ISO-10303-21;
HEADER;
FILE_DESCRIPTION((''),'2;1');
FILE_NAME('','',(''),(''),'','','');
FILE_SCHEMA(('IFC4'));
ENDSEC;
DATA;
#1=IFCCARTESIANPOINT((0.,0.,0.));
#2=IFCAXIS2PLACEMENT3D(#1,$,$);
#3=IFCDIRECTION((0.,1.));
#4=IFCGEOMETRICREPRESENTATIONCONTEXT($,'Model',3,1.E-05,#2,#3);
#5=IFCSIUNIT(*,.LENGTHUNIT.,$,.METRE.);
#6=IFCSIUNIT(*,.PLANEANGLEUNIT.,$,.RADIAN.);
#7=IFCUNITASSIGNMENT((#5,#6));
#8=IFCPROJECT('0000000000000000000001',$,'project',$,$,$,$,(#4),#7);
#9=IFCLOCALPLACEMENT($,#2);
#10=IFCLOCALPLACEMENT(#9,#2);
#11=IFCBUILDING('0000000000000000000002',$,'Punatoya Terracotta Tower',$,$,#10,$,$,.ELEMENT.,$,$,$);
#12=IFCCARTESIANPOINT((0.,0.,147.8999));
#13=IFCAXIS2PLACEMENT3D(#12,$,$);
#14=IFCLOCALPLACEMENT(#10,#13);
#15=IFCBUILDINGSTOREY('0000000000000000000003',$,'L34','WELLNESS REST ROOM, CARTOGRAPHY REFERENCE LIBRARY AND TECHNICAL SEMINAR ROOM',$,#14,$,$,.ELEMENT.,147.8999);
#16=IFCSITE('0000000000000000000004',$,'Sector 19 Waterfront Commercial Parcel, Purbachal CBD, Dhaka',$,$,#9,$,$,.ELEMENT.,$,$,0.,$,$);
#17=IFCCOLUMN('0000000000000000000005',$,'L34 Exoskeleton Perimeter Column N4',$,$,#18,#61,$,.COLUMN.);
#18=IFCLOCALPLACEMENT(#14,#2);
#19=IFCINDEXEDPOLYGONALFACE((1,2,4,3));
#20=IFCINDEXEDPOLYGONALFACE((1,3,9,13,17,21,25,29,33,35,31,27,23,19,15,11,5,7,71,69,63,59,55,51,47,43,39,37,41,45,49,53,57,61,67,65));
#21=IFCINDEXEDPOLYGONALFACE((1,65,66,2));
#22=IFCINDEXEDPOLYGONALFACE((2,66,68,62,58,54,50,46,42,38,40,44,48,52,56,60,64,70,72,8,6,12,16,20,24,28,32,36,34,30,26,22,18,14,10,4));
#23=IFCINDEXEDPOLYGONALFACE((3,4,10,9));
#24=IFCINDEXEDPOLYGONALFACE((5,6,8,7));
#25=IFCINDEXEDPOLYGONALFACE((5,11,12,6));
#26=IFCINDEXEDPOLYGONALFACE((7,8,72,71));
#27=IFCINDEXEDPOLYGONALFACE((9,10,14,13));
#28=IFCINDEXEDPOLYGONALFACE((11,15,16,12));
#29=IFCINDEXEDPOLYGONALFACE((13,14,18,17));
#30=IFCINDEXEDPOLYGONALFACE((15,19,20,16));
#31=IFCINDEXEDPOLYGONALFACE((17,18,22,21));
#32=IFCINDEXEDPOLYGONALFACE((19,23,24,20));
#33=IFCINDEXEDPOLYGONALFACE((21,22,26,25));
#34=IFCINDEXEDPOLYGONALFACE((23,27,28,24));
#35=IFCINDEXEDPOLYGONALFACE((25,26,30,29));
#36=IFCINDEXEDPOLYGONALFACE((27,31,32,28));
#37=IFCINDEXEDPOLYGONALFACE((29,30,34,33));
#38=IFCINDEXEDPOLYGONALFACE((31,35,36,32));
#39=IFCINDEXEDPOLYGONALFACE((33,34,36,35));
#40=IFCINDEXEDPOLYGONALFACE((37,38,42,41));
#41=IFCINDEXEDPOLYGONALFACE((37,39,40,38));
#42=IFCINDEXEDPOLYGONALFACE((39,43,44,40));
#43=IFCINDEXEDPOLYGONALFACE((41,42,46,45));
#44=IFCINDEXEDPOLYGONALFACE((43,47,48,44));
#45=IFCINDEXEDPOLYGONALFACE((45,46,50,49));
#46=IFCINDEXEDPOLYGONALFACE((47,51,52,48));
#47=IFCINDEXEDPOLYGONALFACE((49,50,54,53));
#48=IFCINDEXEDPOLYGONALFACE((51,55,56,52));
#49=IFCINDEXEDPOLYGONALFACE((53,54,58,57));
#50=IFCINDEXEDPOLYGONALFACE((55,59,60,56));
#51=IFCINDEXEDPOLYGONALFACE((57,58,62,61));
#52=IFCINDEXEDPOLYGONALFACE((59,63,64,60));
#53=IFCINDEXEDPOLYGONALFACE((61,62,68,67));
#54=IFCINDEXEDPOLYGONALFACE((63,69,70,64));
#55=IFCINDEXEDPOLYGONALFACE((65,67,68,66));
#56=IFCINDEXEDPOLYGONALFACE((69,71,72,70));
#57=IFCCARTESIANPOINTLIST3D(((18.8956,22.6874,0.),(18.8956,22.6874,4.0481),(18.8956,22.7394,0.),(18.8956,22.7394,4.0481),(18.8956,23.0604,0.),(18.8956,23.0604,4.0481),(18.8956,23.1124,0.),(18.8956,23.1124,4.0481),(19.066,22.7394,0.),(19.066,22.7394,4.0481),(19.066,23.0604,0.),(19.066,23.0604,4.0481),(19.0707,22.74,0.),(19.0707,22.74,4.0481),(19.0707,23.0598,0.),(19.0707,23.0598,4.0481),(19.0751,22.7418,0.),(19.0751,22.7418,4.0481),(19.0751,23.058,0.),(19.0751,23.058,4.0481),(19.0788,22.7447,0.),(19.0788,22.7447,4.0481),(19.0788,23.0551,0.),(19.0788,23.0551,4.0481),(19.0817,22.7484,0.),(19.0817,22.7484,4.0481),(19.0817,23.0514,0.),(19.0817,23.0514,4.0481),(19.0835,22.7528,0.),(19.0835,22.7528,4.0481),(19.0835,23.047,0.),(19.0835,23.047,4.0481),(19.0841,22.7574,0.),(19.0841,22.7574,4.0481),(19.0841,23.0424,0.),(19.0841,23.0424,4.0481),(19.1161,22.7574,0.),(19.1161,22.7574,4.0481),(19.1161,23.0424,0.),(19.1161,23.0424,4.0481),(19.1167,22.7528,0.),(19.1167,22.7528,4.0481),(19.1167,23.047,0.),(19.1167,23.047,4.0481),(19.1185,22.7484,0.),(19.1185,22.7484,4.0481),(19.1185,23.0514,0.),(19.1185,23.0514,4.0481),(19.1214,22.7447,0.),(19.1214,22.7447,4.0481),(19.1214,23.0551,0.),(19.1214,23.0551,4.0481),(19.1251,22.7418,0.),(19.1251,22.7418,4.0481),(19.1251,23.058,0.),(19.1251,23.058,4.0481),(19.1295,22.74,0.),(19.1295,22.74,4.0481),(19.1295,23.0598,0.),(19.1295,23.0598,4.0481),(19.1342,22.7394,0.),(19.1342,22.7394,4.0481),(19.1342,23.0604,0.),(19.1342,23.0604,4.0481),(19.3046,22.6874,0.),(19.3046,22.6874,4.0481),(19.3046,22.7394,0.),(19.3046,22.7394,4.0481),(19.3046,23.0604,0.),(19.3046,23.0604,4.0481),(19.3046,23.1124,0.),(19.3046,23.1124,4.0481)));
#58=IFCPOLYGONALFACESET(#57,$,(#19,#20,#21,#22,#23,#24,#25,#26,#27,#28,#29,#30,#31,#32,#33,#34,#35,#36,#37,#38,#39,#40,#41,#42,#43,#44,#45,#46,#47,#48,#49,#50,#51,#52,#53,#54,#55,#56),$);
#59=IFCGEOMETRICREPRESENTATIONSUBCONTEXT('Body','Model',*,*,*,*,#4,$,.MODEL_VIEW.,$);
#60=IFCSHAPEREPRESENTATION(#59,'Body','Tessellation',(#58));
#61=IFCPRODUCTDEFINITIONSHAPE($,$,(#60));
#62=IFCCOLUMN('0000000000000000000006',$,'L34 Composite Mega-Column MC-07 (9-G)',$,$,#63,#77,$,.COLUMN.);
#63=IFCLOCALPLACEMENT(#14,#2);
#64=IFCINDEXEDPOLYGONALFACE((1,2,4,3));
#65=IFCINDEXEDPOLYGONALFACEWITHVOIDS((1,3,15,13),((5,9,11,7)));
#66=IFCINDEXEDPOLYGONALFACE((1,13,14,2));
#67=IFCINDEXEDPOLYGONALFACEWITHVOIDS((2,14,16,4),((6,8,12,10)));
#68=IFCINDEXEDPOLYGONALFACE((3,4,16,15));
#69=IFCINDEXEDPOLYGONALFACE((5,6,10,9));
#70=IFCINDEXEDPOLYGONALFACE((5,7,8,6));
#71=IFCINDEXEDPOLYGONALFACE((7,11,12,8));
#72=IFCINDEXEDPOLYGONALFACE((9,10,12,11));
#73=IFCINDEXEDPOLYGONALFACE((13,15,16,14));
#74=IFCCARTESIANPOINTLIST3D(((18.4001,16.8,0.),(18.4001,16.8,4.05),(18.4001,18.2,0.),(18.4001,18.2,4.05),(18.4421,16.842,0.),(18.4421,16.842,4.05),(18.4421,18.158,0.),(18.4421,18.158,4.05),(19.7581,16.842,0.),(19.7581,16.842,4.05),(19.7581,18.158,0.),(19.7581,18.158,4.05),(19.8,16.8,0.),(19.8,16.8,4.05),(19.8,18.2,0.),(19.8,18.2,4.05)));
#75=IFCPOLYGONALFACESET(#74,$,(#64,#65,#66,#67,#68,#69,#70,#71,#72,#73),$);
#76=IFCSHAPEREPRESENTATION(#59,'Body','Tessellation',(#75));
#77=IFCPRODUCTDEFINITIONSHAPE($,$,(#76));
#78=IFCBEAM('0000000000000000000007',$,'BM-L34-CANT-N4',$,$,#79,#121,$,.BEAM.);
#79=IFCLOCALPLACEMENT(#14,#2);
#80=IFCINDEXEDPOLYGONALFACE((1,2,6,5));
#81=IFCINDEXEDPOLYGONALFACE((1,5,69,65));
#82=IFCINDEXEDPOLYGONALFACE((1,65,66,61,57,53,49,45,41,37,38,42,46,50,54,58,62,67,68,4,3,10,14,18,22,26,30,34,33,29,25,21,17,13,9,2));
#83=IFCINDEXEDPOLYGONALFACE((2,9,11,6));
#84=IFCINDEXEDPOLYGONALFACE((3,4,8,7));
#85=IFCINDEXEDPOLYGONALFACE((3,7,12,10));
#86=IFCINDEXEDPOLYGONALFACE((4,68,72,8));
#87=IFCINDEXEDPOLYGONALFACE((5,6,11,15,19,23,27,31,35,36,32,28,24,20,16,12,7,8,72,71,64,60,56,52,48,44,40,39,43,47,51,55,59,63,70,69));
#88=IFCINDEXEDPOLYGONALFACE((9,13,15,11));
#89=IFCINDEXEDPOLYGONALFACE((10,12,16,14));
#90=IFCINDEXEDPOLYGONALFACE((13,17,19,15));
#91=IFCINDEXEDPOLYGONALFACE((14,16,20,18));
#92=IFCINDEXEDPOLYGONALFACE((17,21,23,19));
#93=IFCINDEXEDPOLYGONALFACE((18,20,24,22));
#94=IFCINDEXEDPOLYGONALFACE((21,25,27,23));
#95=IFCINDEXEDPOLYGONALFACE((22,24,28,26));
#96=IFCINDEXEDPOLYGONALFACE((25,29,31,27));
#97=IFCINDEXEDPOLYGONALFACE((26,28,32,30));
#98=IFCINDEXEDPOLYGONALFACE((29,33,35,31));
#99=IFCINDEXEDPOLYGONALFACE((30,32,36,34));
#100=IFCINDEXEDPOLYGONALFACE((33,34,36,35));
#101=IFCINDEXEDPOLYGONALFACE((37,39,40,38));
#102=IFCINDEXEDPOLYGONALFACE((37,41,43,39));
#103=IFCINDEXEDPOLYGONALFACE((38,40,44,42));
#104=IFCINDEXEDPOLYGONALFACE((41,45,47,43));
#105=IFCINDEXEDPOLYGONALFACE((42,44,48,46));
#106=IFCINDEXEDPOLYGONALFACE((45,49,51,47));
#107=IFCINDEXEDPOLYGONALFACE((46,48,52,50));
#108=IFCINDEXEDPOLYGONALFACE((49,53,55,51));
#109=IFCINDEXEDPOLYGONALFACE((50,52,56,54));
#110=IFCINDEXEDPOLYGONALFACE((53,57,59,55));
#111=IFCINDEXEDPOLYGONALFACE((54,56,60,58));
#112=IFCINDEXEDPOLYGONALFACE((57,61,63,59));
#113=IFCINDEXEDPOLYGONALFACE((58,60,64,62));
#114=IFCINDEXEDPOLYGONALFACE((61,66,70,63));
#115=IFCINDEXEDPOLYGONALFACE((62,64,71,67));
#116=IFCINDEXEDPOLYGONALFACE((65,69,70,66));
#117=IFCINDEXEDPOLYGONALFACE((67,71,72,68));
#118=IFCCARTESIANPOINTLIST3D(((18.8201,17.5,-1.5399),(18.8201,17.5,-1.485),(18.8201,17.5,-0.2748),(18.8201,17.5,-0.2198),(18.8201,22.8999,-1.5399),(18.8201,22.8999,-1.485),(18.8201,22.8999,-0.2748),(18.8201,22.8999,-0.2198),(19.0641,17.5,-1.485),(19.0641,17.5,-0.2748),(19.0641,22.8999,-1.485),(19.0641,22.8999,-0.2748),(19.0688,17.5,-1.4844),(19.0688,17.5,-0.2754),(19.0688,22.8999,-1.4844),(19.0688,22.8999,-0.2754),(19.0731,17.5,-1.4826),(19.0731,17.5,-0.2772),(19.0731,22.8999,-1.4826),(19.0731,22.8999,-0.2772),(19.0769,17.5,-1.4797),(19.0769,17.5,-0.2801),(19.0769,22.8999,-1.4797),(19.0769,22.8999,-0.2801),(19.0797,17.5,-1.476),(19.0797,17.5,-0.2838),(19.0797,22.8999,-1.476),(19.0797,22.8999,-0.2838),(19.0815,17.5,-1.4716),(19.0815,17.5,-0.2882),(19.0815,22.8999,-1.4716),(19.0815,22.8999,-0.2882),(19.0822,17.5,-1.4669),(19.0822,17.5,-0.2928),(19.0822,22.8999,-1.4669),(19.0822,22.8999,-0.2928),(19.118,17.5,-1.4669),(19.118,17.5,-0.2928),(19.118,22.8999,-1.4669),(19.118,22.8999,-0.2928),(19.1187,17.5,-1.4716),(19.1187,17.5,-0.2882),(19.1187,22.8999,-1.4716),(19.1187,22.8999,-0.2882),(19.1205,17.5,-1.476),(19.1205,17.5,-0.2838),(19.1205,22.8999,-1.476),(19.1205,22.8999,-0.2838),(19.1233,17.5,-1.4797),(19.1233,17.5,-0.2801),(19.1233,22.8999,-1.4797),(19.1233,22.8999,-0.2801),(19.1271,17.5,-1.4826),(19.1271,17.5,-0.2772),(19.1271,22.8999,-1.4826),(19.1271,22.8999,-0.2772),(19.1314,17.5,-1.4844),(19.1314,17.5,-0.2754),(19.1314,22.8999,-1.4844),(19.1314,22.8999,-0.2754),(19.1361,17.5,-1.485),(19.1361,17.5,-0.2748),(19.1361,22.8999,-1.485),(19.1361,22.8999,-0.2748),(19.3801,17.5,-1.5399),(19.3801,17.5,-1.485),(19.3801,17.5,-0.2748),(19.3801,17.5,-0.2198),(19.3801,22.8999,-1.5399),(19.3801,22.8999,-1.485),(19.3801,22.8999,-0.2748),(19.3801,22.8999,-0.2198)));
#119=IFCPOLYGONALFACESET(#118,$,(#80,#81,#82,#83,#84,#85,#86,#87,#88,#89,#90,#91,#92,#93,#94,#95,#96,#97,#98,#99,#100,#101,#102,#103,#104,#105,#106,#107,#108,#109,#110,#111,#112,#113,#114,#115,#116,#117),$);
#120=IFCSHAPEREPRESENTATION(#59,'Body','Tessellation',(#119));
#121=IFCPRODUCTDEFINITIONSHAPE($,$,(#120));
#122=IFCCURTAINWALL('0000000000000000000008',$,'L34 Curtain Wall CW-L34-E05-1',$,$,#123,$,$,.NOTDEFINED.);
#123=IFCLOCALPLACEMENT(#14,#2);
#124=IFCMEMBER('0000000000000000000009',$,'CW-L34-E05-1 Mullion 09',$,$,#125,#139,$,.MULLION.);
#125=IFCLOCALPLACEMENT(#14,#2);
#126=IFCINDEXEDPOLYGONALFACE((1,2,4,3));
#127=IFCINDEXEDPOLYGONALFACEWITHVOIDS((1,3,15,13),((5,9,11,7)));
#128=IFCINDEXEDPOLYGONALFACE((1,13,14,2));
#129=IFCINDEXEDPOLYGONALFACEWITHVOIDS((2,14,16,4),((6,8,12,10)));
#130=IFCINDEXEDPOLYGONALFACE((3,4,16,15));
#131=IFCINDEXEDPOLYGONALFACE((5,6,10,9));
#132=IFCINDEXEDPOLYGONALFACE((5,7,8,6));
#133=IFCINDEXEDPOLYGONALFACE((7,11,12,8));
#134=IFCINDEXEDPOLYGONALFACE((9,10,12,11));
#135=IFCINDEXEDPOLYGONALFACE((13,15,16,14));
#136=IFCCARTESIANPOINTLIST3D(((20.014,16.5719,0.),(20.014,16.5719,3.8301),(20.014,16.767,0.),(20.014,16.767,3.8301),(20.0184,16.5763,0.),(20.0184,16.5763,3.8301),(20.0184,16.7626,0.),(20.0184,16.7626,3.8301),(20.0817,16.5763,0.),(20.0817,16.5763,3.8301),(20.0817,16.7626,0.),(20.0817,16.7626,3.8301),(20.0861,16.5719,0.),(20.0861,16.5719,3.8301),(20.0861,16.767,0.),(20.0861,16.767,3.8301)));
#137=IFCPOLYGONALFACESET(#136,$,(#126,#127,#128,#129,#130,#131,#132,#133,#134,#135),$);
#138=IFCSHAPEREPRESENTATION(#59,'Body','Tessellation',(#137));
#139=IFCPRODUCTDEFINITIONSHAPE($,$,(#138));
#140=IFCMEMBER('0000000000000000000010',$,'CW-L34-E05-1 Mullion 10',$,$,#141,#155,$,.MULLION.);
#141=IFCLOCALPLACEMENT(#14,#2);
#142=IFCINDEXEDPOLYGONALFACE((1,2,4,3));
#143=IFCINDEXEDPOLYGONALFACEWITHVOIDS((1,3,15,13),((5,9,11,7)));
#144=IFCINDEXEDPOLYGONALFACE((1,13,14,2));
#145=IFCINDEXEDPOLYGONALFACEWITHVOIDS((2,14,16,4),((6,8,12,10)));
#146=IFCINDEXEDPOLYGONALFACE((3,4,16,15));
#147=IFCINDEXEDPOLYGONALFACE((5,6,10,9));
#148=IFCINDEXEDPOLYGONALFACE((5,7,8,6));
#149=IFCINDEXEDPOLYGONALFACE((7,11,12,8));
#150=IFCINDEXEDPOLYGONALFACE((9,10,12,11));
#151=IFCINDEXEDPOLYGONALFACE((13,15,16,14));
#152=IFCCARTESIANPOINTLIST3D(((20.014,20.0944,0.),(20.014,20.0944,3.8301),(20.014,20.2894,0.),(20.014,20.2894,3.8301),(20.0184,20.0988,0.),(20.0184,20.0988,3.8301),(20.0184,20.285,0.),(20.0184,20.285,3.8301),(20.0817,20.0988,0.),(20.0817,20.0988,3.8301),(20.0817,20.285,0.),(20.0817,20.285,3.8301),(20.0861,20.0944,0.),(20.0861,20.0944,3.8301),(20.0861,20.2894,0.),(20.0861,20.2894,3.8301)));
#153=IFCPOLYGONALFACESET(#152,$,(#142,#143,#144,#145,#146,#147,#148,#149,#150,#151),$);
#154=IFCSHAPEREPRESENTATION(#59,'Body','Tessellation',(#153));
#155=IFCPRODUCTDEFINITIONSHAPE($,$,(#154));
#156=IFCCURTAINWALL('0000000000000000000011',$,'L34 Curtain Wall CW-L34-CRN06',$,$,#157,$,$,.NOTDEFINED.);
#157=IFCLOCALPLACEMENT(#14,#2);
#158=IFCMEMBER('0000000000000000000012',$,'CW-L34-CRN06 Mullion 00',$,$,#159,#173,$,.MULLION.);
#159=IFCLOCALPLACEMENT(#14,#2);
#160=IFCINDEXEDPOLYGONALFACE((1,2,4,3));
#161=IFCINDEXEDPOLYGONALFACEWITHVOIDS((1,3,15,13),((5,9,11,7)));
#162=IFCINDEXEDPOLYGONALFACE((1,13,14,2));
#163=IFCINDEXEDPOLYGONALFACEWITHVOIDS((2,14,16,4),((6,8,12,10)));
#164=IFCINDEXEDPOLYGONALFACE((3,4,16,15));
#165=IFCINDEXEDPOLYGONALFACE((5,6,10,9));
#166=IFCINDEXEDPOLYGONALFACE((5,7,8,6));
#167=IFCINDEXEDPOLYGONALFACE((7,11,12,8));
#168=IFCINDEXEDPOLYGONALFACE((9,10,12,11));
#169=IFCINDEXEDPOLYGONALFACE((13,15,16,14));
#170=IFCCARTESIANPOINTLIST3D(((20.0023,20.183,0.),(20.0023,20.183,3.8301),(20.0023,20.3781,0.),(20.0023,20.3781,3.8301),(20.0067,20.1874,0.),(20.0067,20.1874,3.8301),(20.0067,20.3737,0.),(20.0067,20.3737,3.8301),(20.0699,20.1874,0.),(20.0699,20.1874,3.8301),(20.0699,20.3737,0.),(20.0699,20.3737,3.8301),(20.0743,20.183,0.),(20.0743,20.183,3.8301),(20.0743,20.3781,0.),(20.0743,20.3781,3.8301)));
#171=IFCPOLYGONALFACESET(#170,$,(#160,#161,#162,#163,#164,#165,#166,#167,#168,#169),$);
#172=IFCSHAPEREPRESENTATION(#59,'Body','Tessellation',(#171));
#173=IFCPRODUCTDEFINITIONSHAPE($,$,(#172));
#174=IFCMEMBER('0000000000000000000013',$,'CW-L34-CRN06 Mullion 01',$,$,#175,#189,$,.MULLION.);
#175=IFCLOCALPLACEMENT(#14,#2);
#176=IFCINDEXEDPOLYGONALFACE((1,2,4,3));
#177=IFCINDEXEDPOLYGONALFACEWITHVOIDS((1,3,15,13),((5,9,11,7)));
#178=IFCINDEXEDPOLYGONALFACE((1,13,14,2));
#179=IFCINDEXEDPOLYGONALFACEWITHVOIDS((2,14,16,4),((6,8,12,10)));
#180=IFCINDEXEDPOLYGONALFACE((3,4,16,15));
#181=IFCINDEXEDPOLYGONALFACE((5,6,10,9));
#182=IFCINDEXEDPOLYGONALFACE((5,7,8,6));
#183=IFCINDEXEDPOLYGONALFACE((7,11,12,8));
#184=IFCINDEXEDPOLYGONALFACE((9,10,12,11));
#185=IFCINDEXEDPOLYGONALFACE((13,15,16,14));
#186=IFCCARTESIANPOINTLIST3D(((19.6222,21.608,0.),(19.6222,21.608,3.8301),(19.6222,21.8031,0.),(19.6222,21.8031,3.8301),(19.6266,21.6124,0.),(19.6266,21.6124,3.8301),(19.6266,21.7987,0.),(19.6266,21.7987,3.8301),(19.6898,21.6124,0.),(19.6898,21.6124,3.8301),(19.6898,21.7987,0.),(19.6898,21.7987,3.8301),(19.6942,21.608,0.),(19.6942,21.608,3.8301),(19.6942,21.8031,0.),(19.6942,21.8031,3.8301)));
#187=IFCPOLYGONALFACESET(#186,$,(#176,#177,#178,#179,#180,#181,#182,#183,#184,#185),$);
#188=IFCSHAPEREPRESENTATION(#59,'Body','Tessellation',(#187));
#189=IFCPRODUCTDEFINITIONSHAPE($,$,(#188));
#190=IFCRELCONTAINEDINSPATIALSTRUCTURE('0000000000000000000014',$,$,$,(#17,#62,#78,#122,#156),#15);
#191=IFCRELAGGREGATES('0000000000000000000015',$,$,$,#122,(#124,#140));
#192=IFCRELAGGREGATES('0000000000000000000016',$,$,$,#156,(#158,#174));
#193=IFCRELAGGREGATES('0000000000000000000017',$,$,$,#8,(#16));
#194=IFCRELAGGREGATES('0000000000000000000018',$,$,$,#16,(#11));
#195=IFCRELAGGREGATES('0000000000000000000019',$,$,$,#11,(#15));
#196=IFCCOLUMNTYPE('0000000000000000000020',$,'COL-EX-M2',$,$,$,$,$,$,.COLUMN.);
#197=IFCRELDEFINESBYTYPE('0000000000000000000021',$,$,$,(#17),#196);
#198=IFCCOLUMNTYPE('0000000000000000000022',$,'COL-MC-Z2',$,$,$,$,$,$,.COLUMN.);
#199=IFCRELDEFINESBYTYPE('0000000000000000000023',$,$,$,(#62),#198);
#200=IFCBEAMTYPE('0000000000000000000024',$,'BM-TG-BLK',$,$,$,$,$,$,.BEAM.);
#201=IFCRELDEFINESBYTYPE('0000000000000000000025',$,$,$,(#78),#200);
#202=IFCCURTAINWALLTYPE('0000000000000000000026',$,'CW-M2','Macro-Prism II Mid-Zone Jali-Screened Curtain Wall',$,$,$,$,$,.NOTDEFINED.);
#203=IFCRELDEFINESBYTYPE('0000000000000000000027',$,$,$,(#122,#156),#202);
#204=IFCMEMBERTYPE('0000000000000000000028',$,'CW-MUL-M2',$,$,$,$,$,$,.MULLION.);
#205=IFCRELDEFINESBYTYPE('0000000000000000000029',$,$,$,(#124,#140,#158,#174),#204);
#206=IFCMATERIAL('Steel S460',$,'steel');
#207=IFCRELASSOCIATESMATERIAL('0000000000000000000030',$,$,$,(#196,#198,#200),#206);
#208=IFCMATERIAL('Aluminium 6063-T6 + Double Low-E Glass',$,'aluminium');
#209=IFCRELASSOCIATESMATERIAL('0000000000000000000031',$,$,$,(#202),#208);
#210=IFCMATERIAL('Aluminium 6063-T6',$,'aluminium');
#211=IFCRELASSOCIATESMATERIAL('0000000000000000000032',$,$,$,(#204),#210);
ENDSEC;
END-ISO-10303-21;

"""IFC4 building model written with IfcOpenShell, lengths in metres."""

from ifc_helpers import new_model, si_unit, direction, frame, origin, origin_2d, place, context, subcontext, project, spatial, hollow_rectangle, i_section, extrude, material, material_profile, profile_set, type_object, element, aggregate, save


model = new_model("IFC4")

# Units and contexts
model_context = context("Model", 3, precision=1e-05, world=origin(), true_north=direction((0.0, 1.0)))
body_context = subcontext(model_context, "Body", "Model", "MODEL_VIEW")
ifc_project = project(units=[si_unit("LENGTHUNIT", "METRE"), si_unit("PLANEANGLEUNIT", "RADIAN")], contexts=[model_context])

# Site, building, storey
site_placement = place(None, origin())
site = spatial("IfcSite", under=ifc_project, at=site_placement, Name="Sector 19 Waterfront Commercial Parcel, Purbachal CBD, Dhaka", CompositionType="ELEMENT", RefElevation=0.0)
building_placement = place(site_placement, origin())
building = spatial("IfcBuilding", under=site, at=building_placement, Name="Punatoya Terracotta Tower", CompositionType="ELEMENT")
storey_placement = place(building_placement, frame((0.0, 0.0, 147.8999)))
storey = spatial("IfcBuildingStorey", under=building, at=storey_placement, Name="L34", Description="WELLNESS REST ROOM, CARTOGRAPHY REFERENCE LIBRARY AND TECHNICAL SEMINAR ROOM", CompositionType="ELEMENT", Elevation=147.8999)

# Columns
ifc_material_1 = material(Name="Steel S460", Category="steel")
ifc_material_profile_1 = material_profile(ifc_material_1, i_section(OverallWidth=0.4089, OverallDepth=0.425, WebThickness=0.032, FlangeThickness=0.052, FilletRadius=0.0181, at=origin_2d()))
ifc_profile_set_1 = profile_set([ifc_material_profile_1], Name="Steel S460")
column_type_1 = type_object("IfcColumnType", Name="COL-EX-M2", PredefinedType="COLUMN", material=ifc_profile_set_1)
column_1_placement = place(storey_placement, frame((19.1001, 22.8999, 0.0), z_axis=(0.0, 0.0, 1.0), x_axis=(1.0, 0.0, 0.0)))
element("IfcColumn", 1, at=column_1_placement, inside=storey, type_object=column_type_1, Name="L34 Exoskeleton Perimeter Column N4", PredefinedType="COLUMN", context=body_context, shape_type="SweptSolid", body=[
    extrude(i_section(OverallWidth=0.4089, OverallDepth=0.425, WebThickness=0.032, FlangeThickness=0.052, FilletRadius=0.0181, at=origin_2d()), origin(), (0.0, 0.0, 1.0), 4.0481),
])
ifc_material_profile_2 = material_profile(ifc_material_1, hollow_rectangle(XDim=1.3999, YDim=1.3999, WallThickness=0.042, at=origin_2d()))
ifc_profile_set_2 = profile_set([ifc_material_profile_2], Name="Steel S460")
column_type_2 = type_object("IfcColumnType", Name="COL-MC-Z2", PredefinedType="COLUMN", material=ifc_profile_set_2)
column_2_placement = place(storey_placement, frame((19.1001, 17.5, 0.0), z_axis=(0.0, 0.0, 1.0), x_axis=(1.0, 0.0, 0.0)))
element("IfcColumn", 2, at=column_2_placement, inside=storey, type_object=column_type_2, Name="L34 Composite Mega-Column MC-07 (9-G)", PredefinedType="COLUMN", context=body_context, shape_type="SweptSolid", body=[
    extrude(hollow_rectangle(XDim=1.3999, YDim=1.3999, WallThickness=0.042, at=origin_2d()), origin(), (0.0, 0.0, 1.0), 4.05),
])

# Beam
ifc_material_profile_3 = material_profile(ifc_material_1, i_section(OverallWidth=0.5601, OverallDepth=1.3201, WebThickness=0.0359, FlangeThickness=0.0549, FilletRadius=0.0181, at=origin_2d()))
ifc_profile_set_3 = profile_set([ifc_material_profile_3], Name="Steel S460")
beam_type = type_object("IfcBeamType", Name="BM-TG-BLK", PredefinedType="BEAM", material=ifc_profile_set_3)
beam_placement = place(storey_placement, frame((19.1001, 17.5, -0.8799), z_axis=(0.0, 1.0, 0.0), x_axis=(-1.0, 0.0, 0.0)))
element("IfcBeam", 3, at=beam_placement, inside=storey, type_object=beam_type, Name="BM-L34-CANT-N4", PredefinedType="BEAM", context=body_context, shape_type="SweptSolid", body=[
    extrude(i_section(OverallWidth=0.5601, OverallDepth=1.3201, WebThickness=0.0359, FlangeThickness=0.0549, FilletRadius=0.0181, at=origin_2d()), origin(), (0.0, 0.0, 1.0), 5.3999),
])

# Curtain walls, members
ifc_material_2 = material(Name="Aluminium 6063-T6 + Double Low-E Glass", Category="aluminium")
curtain_wall_type = type_object("IfcCurtainWallType", Name="CW-M2", Description="Macro-Prism II Mid-Zone Jali-Screened Curtain Wall", PredefinedType="NOTDEFINED", material=ifc_material_2)
curtain_wall_1_placement = place(storey_placement, origin())
curtain_wall_1 = element("IfcCurtainWall", 4, at=curtain_wall_1_placement, inside=storey, type_object=curtain_wall_type, Name="L34 Curtain Wall CW-L34-E05-1", PredefinedType="NOTDEFINED")
ifc_material_3 = material(Name="Aluminium 6063-T6", Category="aluminium")
ifc_material_profile_4 = material_profile(ifc_material_3, hollow_rectangle(XDim=0.072, YDim=0.1951, WallThickness=0.0044, at=origin_2d()))
ifc_profile_set_4 = profile_set([ifc_material_profile_4], Name="Aluminium 6063-T6")
member_type_1 = type_object("IfcMemberType", Name="CW-MUL-M2", PredefinedType="MULLION", material=ifc_profile_set_4)
member_1_placement = place(storey_placement, frame((20.05, 16.6694, 0.0), z_axis=(0.0, 0.0, 1.0), x_axis=(1.0, 0.0, 0.0)))
member_1 = element("IfcMember", 5, at=member_1_placement, type_object=member_type_1, Name="CW-L34-E05-1 Mullion 09", PredefinedType="MULLION", context=body_context, shape_type="SweptSolid", body=[
    extrude(hollow_rectangle(XDim=0.072, YDim=0.1951, WallThickness=0.0044, at=origin_2d()), origin(), (0.0, 0.0, 1.0), 3.8301),
])
member_2_placement = place(storey_placement, frame((20.05, 20.1919, 0.0), z_axis=(0.0, 0.0, 1.0), x_axis=(1.0, 0.0, 0.0)))
member_2 = element("IfcMember", 6, at=member_2_placement, type_object=member_type_1, Name="CW-L34-E05-1 Mullion 10", PredefinedType="MULLION", context=body_context, shape_type="SweptSolid", body=[
    extrude(hollow_rectangle(XDim=0.072, YDim=0.1951, WallThickness=0.0044, at=origin_2d()), origin(), (0.0, 0.0, 1.0), 3.8301),
])
curtain_wall_2_placement = place(storey_placement, origin())
curtain_wall_2 = element("IfcCurtainWall", 7, at=curtain_wall_2_placement, inside=storey, type_object=curtain_wall_type, Name="L34 Curtain Wall CW-L34-CRN06", PredefinedType="NOTDEFINED")
member_3_placement = place(storey_placement, frame((20.0383, 20.2805, 0.0), z_axis=(0.0, 0.0, 1.0), x_axis=(1.0, 0.0, 0.0)))
member_3 = element("IfcMember", 8, at=member_3_placement, type_object=member_type_1, Name="CW-L34-CRN06 Mullion 00", PredefinedType="MULLION", context=body_context, shape_type="SweptSolid", body=[
    extrude(hollow_rectangle(XDim=0.072, YDim=0.1951, WallThickness=0.0044, at=origin_2d()), origin(), (0.0, 0.0, 1.0), 3.8301),
])
member_4_placement = place(storey_placement, frame((19.6582, 21.7056, 0.0), z_axis=(0.0, 0.0, 1.0), x_axis=(1.0, 0.0, 0.0)))
member_4 = element("IfcMember", 9, at=member_4_placement, type_object=member_type_1, Name="CW-L34-CRN06 Mullion 01", PredefinedType="MULLION", context=body_context, shape_type="SweptSolid", body=[
    extrude(hollow_rectangle(XDim=0.072, YDim=0.1951, WallThickness=0.0044, at=origin_2d()), origin(), (0.0, 0.0, 1.0), 3.8301),
])

aggregate(curtain_wall_1, [member_1, member_2])
aggregate(curtain_wall_2, [member_3, member_4])

save(model, "model.ifc")
